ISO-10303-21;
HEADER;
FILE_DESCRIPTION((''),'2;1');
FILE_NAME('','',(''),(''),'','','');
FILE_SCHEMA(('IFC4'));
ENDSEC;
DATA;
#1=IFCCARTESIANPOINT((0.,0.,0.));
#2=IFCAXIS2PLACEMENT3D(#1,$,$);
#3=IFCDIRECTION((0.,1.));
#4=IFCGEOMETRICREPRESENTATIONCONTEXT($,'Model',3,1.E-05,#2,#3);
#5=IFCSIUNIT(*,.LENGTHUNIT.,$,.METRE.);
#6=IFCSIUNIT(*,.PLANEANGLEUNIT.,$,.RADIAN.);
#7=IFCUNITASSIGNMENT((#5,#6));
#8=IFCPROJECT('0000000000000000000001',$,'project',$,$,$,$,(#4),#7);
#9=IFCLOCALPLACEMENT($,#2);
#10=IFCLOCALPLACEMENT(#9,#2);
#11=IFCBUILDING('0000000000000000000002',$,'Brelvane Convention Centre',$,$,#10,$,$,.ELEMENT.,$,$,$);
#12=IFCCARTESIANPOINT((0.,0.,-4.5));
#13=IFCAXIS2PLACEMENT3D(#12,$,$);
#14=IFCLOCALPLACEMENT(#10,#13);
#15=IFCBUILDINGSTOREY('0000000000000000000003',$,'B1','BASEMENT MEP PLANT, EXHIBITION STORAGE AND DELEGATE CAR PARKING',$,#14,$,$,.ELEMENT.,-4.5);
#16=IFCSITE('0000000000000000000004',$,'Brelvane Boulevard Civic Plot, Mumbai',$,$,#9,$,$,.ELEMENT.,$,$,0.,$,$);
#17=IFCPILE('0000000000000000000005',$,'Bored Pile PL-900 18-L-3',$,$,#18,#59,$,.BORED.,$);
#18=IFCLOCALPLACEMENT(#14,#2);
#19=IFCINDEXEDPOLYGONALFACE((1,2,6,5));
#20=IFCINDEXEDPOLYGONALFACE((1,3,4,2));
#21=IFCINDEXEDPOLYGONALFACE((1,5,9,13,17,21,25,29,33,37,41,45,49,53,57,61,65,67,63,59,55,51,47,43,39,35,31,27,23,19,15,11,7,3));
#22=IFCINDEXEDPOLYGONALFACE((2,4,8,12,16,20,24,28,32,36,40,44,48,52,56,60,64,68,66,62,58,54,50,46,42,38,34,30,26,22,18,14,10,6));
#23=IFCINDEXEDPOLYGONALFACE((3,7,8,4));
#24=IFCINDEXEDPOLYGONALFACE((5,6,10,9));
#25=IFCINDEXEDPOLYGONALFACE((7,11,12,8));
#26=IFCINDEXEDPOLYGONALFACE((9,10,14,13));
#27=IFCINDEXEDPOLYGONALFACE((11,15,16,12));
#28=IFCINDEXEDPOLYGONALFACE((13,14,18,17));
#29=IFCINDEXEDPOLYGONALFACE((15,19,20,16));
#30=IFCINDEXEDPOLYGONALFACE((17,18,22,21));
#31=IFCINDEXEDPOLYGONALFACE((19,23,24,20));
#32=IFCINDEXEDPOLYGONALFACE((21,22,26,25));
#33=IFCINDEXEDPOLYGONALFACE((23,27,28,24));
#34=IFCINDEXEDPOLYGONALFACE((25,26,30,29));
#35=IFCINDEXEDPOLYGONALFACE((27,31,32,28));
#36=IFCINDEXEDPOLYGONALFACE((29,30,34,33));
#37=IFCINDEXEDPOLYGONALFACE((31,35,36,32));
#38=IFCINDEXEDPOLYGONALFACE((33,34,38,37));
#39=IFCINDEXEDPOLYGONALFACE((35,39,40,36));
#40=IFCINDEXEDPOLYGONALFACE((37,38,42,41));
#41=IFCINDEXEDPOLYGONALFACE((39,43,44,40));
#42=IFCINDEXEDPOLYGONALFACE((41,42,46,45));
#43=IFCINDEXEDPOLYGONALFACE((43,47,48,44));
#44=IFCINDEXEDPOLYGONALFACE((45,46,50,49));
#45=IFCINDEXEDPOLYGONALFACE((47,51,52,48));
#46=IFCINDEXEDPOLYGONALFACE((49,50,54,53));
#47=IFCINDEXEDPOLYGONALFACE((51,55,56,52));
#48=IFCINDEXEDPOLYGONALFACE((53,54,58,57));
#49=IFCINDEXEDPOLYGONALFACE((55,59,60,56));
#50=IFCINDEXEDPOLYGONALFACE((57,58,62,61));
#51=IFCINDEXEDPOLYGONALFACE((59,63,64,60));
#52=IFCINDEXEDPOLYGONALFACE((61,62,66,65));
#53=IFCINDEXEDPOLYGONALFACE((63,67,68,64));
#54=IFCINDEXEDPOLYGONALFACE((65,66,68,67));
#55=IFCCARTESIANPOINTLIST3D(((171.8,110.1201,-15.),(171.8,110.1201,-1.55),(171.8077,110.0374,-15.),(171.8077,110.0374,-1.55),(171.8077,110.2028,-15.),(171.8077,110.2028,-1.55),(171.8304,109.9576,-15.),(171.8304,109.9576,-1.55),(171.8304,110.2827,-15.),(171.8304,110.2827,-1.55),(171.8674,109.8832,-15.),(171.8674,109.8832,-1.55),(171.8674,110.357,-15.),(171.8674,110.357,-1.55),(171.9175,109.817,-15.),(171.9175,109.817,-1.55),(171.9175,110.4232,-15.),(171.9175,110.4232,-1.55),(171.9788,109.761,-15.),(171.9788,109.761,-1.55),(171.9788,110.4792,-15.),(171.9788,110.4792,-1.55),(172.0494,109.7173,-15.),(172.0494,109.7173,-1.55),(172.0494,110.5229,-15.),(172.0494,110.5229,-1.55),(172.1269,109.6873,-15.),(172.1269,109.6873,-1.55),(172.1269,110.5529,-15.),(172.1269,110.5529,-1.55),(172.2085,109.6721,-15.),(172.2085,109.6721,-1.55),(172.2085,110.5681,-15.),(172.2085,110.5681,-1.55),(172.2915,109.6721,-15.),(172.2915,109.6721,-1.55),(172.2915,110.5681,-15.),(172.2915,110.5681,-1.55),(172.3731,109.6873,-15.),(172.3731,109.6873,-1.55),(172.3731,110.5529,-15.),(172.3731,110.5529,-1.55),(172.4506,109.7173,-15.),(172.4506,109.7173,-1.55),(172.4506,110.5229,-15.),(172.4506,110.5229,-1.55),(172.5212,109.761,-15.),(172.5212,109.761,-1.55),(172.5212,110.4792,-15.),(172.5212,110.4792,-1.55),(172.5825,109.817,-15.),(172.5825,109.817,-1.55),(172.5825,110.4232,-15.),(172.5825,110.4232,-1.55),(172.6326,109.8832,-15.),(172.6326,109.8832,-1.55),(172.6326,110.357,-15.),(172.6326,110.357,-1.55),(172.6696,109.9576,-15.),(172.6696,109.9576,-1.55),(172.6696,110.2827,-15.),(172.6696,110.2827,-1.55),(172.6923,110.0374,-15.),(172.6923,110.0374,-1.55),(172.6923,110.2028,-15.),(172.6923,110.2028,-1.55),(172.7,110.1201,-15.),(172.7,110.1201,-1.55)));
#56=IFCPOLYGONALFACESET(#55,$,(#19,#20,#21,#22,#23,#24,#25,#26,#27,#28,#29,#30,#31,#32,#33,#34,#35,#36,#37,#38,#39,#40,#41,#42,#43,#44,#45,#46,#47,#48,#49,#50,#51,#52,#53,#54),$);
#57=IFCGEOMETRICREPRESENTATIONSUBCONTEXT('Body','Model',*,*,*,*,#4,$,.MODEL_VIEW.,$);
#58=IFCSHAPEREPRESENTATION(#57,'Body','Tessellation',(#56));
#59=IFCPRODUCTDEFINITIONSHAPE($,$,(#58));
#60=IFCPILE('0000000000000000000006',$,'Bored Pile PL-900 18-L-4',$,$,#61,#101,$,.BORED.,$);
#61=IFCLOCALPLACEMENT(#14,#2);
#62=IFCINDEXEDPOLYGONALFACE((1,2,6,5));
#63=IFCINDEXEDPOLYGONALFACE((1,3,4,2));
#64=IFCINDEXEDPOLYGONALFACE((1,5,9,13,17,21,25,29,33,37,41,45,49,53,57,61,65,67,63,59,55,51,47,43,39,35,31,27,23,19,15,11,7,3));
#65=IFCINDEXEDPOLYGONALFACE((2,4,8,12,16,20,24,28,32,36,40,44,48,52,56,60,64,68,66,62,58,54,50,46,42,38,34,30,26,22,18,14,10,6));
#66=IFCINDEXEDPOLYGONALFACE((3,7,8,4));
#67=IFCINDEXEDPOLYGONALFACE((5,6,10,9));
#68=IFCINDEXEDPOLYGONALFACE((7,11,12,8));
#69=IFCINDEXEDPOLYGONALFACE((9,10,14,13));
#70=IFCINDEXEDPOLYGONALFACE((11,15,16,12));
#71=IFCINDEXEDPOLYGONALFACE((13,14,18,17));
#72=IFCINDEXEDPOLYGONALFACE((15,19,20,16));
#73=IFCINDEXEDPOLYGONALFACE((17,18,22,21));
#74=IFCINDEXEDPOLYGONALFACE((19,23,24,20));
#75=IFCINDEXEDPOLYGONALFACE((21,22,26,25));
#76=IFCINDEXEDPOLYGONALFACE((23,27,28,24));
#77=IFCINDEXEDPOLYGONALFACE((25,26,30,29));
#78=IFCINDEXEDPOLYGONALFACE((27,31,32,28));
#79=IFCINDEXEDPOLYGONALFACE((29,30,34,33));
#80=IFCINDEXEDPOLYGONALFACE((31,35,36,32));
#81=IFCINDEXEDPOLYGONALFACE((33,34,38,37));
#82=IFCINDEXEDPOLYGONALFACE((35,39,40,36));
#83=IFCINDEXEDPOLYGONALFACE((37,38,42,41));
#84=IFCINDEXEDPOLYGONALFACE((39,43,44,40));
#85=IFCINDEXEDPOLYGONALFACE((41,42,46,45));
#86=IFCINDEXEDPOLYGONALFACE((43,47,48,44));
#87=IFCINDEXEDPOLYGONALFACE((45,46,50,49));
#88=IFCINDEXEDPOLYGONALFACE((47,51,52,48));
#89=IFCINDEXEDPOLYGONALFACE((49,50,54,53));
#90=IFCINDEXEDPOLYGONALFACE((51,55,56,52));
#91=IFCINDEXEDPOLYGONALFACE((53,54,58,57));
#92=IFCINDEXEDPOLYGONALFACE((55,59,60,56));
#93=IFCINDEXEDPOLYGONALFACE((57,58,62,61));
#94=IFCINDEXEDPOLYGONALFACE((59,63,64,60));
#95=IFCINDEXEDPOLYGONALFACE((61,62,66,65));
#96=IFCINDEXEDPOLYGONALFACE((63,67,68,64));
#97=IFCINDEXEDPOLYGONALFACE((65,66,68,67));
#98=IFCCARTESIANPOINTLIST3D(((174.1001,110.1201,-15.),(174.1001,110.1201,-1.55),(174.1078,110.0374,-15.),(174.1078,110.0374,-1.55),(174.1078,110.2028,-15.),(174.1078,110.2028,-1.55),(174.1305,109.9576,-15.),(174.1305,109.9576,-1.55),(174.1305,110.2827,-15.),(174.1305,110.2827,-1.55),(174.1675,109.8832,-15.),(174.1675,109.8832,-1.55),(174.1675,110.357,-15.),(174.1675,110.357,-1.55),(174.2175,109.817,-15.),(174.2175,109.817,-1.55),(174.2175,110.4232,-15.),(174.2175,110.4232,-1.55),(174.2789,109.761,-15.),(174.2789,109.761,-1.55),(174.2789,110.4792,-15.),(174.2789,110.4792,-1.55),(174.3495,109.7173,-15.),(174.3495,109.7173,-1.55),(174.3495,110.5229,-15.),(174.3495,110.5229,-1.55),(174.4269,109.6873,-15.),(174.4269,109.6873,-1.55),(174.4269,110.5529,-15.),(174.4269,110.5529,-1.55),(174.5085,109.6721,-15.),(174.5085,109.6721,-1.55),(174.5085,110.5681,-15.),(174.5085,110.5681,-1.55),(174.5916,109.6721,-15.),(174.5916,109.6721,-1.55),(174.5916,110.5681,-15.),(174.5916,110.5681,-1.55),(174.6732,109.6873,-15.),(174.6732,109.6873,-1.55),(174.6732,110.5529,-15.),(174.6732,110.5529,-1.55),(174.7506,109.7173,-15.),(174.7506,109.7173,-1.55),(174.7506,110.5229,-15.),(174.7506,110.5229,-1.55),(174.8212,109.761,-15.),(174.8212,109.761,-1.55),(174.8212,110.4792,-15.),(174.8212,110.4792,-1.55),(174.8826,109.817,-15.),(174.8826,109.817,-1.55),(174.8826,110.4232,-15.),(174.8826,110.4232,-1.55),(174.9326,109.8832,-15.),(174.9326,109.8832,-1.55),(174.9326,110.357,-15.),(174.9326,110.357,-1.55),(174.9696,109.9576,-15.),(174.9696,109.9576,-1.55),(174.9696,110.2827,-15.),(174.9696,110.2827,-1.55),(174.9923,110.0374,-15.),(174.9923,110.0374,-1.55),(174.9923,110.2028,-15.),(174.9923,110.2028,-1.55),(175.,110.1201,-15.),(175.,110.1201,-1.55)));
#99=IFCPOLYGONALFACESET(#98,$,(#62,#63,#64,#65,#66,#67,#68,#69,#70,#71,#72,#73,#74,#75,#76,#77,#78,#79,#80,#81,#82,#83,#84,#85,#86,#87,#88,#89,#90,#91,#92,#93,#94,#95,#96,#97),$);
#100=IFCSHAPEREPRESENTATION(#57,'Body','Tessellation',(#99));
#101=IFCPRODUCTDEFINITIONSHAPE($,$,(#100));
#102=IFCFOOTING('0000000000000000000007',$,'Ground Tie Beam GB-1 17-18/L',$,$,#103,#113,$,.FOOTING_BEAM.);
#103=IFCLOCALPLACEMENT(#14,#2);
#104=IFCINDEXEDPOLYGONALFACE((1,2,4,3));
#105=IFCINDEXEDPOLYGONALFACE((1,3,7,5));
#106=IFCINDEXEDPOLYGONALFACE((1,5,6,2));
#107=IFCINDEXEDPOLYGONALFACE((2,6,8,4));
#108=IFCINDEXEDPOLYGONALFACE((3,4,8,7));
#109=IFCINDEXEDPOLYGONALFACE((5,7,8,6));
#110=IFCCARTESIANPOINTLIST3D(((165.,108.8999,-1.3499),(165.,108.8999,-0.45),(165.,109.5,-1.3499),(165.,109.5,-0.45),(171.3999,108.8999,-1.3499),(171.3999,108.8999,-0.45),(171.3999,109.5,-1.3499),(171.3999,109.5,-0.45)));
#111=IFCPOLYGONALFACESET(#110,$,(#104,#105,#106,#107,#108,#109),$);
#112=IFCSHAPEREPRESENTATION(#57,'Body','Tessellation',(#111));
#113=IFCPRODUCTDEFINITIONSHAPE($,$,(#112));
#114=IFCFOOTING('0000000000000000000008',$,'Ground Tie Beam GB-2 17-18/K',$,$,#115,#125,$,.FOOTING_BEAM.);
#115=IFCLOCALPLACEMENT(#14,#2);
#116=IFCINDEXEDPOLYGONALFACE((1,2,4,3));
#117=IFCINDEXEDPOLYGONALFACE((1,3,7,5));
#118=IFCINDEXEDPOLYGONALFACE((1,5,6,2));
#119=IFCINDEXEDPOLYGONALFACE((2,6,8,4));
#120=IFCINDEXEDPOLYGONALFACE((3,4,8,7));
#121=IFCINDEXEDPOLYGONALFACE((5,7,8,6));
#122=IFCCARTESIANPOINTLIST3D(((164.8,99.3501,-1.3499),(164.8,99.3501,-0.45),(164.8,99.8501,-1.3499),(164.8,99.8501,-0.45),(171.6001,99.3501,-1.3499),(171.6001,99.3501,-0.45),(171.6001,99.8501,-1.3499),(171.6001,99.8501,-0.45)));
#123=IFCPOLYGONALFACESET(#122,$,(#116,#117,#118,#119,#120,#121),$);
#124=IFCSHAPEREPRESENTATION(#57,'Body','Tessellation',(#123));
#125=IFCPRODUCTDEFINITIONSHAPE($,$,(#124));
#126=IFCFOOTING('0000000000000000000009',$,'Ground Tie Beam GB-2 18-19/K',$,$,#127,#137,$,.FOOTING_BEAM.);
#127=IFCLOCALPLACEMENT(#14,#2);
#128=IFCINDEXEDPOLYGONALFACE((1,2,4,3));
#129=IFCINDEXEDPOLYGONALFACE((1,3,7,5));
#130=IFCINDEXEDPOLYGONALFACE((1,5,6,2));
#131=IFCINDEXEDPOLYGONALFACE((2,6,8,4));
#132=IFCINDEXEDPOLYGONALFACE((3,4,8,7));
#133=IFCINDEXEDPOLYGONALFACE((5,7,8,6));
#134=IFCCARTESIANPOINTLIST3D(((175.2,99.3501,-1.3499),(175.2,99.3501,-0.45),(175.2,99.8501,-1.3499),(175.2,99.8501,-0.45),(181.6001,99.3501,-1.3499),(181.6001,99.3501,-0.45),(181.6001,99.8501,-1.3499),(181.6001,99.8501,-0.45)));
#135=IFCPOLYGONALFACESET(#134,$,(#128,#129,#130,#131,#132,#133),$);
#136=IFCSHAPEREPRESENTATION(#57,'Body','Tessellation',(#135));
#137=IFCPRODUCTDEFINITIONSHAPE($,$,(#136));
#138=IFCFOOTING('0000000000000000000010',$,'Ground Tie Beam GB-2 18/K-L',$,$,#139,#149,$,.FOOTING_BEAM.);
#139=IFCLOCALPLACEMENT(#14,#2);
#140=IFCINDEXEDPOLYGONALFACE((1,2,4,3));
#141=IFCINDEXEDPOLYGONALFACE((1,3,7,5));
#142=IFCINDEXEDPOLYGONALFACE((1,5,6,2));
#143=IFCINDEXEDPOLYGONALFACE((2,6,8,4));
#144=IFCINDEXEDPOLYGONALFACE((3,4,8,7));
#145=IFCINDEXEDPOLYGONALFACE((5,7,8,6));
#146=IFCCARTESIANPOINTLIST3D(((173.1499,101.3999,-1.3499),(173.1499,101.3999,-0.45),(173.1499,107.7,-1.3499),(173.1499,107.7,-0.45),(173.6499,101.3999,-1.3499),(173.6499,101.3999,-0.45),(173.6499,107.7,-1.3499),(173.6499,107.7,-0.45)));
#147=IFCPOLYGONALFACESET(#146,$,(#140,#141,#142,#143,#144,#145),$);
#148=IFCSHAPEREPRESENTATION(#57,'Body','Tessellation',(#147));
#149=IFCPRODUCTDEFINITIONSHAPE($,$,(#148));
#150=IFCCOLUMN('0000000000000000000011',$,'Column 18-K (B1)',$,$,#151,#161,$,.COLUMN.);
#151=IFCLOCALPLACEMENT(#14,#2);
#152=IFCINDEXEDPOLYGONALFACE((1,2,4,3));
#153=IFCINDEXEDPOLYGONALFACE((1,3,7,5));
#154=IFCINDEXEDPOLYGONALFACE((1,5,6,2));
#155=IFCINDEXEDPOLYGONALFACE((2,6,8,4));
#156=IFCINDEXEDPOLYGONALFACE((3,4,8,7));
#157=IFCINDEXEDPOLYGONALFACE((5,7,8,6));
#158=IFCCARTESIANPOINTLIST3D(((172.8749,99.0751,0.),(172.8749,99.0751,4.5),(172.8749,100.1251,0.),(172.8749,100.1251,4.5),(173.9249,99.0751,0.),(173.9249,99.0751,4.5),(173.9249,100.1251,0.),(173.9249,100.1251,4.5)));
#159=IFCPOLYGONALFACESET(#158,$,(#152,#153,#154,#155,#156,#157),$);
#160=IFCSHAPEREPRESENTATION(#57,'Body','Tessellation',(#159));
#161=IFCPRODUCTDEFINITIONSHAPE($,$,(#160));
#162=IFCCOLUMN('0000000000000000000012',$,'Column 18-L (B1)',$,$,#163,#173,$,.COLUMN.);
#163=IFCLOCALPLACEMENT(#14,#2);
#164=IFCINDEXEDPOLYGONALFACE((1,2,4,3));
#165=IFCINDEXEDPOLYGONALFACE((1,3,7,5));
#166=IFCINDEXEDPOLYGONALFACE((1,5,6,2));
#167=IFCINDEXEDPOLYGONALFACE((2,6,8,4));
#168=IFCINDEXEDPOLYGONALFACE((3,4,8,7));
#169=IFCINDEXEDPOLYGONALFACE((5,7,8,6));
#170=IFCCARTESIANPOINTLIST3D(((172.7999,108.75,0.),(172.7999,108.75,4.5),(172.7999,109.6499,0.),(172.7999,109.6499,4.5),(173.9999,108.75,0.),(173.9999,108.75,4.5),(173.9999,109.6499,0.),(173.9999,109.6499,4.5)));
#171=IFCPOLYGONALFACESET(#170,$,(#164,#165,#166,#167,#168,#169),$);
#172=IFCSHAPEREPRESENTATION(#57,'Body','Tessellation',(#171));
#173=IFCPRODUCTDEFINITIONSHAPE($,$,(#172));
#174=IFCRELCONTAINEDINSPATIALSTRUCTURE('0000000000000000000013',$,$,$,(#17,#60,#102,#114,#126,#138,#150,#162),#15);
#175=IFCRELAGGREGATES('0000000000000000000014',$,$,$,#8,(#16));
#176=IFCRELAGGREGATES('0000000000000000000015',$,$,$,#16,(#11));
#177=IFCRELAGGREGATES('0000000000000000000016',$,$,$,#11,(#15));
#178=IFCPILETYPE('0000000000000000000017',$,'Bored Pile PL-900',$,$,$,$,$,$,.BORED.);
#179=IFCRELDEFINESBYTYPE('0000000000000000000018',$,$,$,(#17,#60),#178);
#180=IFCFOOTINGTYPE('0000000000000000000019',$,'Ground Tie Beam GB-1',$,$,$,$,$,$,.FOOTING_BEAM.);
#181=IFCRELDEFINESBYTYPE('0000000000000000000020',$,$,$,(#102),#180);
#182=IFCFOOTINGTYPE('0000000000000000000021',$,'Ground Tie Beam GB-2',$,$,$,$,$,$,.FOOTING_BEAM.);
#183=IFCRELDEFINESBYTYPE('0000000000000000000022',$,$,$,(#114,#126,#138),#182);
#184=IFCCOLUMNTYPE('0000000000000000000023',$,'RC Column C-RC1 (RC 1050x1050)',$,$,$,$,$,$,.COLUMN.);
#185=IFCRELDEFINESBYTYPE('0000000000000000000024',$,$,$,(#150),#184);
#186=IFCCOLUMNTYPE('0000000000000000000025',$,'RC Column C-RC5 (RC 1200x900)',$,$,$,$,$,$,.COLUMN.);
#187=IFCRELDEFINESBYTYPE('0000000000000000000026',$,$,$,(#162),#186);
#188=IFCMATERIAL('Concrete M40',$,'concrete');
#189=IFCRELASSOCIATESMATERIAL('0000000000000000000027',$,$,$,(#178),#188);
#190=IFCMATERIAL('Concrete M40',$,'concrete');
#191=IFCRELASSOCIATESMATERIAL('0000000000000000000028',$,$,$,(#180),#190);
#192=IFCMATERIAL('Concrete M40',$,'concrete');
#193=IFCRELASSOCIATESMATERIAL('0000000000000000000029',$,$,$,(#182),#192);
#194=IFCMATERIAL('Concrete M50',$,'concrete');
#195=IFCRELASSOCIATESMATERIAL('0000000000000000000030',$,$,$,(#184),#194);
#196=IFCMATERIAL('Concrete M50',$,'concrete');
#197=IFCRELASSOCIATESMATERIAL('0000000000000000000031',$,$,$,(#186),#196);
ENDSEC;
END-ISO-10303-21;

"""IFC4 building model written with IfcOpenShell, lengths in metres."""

from ifc_helpers import new_model, si_unit, direction, frame, origin, origin_2d, place, context, subcontext, project, spatial, rectangle, circle, extrude, material, material_profile, profile_set, type_object, element, save


model = new_model("IFC4")

# Units and contexts
model_context = context("Model", 3, precision=1e-05, world=origin(), true_north=direction((0.0, 1.0)))
body_context = subcontext(model_context, "Body", "Model", "MODEL_VIEW")
ifc_project = project(units=[si_unit("LENGTHUNIT", "METRE"), si_unit("PLANEANGLEUNIT", "RADIAN")], contexts=[model_context])

# Site, building, storey
site_placement = place(None, origin())
site = spatial("IfcSite", under=ifc_project, at=site_placement, Name="Brelvane Boulevard Civic Plot, Mumbai", CompositionType="ELEMENT", RefElevation=0.0)
building_placement = place(site_placement, origin())
building = spatial("IfcBuilding", under=site, at=building_placement, Name="Brelvane Convention Centre", CompositionType="ELEMENT")
storey_placement = place(building_placement, frame((0.0, 0.0, -4.5)))
storey = spatial("IfcBuildingStorey", under=building, at=storey_placement, Name="B1", Description="BASEMENT MEP PLANT, EXHIBITION STORAGE AND DELEGATE CAR PARKING", CompositionType="ELEMENT", Elevation=-4.5)

# Piles
ifc_material_1 = material(Name="Concrete M40", Category="concrete")
ifc_material_profile_1 = material_profile(ifc_material_1, circle(Radius=0.45, at=origin_2d()), Name="PILE D900")
ifc_profile_set_1 = profile_set([ifc_material_profile_1], Name="Concrete M40")
pile_type = type_object("IfcPileType", Name="Bored Pile PL-900", PredefinedType="BORED", material=ifc_profile_set_1)
for number, where, z_axis, x_axis, name in (
    (1, (172.25, 110.1201, -1.55), (0.0, 0.0, -1.0), (1.0, 0.0, 0.0), "Bored Pile PL-900 18-L-3"),
    (2, (174.55, 110.1201, -1.55), (0.0, 0.0, -1.0), (1.0, 0.0, 0.0), "Bored Pile PL-900 18-L-4"),
):
    element("IfcPile", number, at=place(storey_placement, frame(where, z_axis=z_axis, x_axis=x_axis)), inside=storey, type_object=pile_type, Name=name, PredefinedType="BORED", context=body_context, shape_type="SweptSolid", body=[
        extrude(circle(Radius=0.45, at=origin_2d()), origin(), (0.0, 0.0, 1.0), 13.45),
    ])

# Footings
ifc_material_2 = material(Name="Concrete M40", Category="concrete")
ifc_material_profile_2 = material_profile(ifc_material_2, rectangle(XDim=0.6001, YDim=0.8999, at=origin_2d()), Name="RC 600x900")
ifc_profile_set_2 = profile_set([ifc_material_profile_2], Name="Concrete M40")
footing_type_1 = type_object("IfcFootingType", Name="Ground Tie Beam GB-1", PredefinedType="FOOTING_BEAM", material=ifc_profile_set_2)
footing_1_placement = place(storey_placement, frame((165.0, 109.2, -0.8999), z_axis=(1.0, 0.0, 0.0), x_axis=(0.0, 1.0, 0.0)))
element("IfcFooting", 3, at=footing_1_placement, inside=storey, type_object=footing_type_1, Name="Ground Tie Beam GB-1 17-18/L", PredefinedType="FOOTING_BEAM", context=body_context, shape_type="SweptSolid", body=[
    extrude(rectangle(XDim=0.6001, YDim=0.8999, at=origin_2d()), origin(), (0.0, 0.0, 1.0), 6.3999),
])
ifc_material_3 = material(Name="Concrete M40", Category="concrete")
ifc_material_profile_3 = material_profile(ifc_material_3, rectangle(XDim=0.5, YDim=0.8999, at=origin_2d()), Name="RC 500x900")
ifc_profile_set_3 = profile_set([ifc_material_profile_3], Name="Concrete M40")
footing_type_2 = type_object("IfcFootingType", Name="Ground Tie Beam GB-2", PredefinedType="FOOTING_BEAM", material=ifc_profile_set_3)
footing_2_placement = place(storey_placement, frame((164.8, 99.6001, -0.8999), z_axis=(1.0, 0.0, 0.0), x_axis=(0.0, 1.0, 0.0)))
element("IfcFooting", 4, at=footing_2_placement, inside=storey, type_object=footing_type_2, Name="Ground Tie Beam GB-2 17-18/K", PredefinedType="FOOTING_BEAM", context=body_context, shape_type="SweptSolid", body=[
    extrude(rectangle(XDim=0.5, YDim=0.8999, at=origin_2d()), origin(), (0.0, 0.0, 1.0), 6.8),
])
footing_3_placement = place(storey_placement, frame((175.2, 99.6001, -0.8999), z_axis=(1.0, 0.0, 0.0), x_axis=(0.0, 1.0, 0.0)))
element("IfcFooting", 5, at=footing_3_placement, inside=storey, type_object=footing_type_2, Name="Ground Tie Beam GB-2 18-19/K", PredefinedType="FOOTING_BEAM", context=body_context, shape_type="SweptSolid", body=[
    extrude(rectangle(XDim=0.5, YDim=0.8999, at=origin_2d()), origin(), (0.0, 0.0, 1.0), 6.4001),
])
footing_4_placement = place(storey_placement, frame((173.3999, 101.3999, -0.8999), z_axis=(0.0, 1.0, 0.0), x_axis=(-1.0, 0.0, 0.0)))
element("IfcFooting", 6, at=footing_4_placement, inside=storey, type_object=footing_type_2, Name="Ground Tie Beam GB-2 18/K-L", PredefinedType="FOOTING_BEAM", context=body_context, shape_type="SweptSolid", body=[
    extrude(rectangle(XDim=0.5, YDim=0.8999, at=origin_2d()), origin(), (0.0, 0.0, 1.0), 6.3),
])

# Columns
ifc_material_4 = material(Name="Concrete M50", Category="concrete")
ifc_material_profile_4 = material_profile(ifc_material_4, rectangle(XDim=1.05, YDim=1.05, at=origin_2d()), Name="RC 1050x1050")
ifc_profile_set_4 = profile_set([ifc_material_profile_4], Name="Concrete M50")
column_type_1 = type_object("IfcColumnType", Name="RC Column C-RC1 (RC 1050x1050)", PredefinedType="COLUMN", material=ifc_profile_set_4)
column_1_placement = place(storey_placement, frame((173.3999, 99.6001, 0.0), z_axis=(0.0, 0.0, 1.0), x_axis=(1.0, 0.0, 0.0)))
element("IfcColumn", 7, at=column_1_placement, inside=storey, type_object=column_type_1, Name="Column 18-K (B1)", PredefinedType="COLUMN", context=body_context, shape_type="SweptSolid", body=[
    extrude(rectangle(XDim=1.05, YDim=1.05, at=origin_2d()), origin(), (0.0, 0.0, 1.0), 4.5),
])
ifc_material_5 = material(Name="Concrete M50", Category="concrete")
ifc_material_profile_5 = material_profile(ifc_material_5, rectangle(XDim=1.2, YDim=0.8999, at=origin_2d()), Name="RC 1200x900")
ifc_profile_set_5 = profile_set([ifc_material_profile_5], Name="Concrete M50")
column_type_2 = type_object("IfcColumnType", Name="RC Column C-RC5 (RC 1200x900)", PredefinedType="COLUMN", material=ifc_profile_set_5)
column_2_placement = place(storey_placement, frame((173.3999, 109.2, 0.0), z_axis=(0.0, 0.0, 1.0), x_axis=(1.0, 0.0, 0.0)))
element("IfcColumn", 8, at=column_2_placement, inside=storey, type_object=column_type_2, Name="Column 18-L (B1)", PredefinedType="COLUMN", context=body_context, shape_type="SweptSolid", body=[
    extrude(rectangle(XDim=1.2, YDim=0.8999, at=origin_2d()), origin(), (0.0, 0.0, 1.0), 4.5),
])

save(model, "model.ifc")
